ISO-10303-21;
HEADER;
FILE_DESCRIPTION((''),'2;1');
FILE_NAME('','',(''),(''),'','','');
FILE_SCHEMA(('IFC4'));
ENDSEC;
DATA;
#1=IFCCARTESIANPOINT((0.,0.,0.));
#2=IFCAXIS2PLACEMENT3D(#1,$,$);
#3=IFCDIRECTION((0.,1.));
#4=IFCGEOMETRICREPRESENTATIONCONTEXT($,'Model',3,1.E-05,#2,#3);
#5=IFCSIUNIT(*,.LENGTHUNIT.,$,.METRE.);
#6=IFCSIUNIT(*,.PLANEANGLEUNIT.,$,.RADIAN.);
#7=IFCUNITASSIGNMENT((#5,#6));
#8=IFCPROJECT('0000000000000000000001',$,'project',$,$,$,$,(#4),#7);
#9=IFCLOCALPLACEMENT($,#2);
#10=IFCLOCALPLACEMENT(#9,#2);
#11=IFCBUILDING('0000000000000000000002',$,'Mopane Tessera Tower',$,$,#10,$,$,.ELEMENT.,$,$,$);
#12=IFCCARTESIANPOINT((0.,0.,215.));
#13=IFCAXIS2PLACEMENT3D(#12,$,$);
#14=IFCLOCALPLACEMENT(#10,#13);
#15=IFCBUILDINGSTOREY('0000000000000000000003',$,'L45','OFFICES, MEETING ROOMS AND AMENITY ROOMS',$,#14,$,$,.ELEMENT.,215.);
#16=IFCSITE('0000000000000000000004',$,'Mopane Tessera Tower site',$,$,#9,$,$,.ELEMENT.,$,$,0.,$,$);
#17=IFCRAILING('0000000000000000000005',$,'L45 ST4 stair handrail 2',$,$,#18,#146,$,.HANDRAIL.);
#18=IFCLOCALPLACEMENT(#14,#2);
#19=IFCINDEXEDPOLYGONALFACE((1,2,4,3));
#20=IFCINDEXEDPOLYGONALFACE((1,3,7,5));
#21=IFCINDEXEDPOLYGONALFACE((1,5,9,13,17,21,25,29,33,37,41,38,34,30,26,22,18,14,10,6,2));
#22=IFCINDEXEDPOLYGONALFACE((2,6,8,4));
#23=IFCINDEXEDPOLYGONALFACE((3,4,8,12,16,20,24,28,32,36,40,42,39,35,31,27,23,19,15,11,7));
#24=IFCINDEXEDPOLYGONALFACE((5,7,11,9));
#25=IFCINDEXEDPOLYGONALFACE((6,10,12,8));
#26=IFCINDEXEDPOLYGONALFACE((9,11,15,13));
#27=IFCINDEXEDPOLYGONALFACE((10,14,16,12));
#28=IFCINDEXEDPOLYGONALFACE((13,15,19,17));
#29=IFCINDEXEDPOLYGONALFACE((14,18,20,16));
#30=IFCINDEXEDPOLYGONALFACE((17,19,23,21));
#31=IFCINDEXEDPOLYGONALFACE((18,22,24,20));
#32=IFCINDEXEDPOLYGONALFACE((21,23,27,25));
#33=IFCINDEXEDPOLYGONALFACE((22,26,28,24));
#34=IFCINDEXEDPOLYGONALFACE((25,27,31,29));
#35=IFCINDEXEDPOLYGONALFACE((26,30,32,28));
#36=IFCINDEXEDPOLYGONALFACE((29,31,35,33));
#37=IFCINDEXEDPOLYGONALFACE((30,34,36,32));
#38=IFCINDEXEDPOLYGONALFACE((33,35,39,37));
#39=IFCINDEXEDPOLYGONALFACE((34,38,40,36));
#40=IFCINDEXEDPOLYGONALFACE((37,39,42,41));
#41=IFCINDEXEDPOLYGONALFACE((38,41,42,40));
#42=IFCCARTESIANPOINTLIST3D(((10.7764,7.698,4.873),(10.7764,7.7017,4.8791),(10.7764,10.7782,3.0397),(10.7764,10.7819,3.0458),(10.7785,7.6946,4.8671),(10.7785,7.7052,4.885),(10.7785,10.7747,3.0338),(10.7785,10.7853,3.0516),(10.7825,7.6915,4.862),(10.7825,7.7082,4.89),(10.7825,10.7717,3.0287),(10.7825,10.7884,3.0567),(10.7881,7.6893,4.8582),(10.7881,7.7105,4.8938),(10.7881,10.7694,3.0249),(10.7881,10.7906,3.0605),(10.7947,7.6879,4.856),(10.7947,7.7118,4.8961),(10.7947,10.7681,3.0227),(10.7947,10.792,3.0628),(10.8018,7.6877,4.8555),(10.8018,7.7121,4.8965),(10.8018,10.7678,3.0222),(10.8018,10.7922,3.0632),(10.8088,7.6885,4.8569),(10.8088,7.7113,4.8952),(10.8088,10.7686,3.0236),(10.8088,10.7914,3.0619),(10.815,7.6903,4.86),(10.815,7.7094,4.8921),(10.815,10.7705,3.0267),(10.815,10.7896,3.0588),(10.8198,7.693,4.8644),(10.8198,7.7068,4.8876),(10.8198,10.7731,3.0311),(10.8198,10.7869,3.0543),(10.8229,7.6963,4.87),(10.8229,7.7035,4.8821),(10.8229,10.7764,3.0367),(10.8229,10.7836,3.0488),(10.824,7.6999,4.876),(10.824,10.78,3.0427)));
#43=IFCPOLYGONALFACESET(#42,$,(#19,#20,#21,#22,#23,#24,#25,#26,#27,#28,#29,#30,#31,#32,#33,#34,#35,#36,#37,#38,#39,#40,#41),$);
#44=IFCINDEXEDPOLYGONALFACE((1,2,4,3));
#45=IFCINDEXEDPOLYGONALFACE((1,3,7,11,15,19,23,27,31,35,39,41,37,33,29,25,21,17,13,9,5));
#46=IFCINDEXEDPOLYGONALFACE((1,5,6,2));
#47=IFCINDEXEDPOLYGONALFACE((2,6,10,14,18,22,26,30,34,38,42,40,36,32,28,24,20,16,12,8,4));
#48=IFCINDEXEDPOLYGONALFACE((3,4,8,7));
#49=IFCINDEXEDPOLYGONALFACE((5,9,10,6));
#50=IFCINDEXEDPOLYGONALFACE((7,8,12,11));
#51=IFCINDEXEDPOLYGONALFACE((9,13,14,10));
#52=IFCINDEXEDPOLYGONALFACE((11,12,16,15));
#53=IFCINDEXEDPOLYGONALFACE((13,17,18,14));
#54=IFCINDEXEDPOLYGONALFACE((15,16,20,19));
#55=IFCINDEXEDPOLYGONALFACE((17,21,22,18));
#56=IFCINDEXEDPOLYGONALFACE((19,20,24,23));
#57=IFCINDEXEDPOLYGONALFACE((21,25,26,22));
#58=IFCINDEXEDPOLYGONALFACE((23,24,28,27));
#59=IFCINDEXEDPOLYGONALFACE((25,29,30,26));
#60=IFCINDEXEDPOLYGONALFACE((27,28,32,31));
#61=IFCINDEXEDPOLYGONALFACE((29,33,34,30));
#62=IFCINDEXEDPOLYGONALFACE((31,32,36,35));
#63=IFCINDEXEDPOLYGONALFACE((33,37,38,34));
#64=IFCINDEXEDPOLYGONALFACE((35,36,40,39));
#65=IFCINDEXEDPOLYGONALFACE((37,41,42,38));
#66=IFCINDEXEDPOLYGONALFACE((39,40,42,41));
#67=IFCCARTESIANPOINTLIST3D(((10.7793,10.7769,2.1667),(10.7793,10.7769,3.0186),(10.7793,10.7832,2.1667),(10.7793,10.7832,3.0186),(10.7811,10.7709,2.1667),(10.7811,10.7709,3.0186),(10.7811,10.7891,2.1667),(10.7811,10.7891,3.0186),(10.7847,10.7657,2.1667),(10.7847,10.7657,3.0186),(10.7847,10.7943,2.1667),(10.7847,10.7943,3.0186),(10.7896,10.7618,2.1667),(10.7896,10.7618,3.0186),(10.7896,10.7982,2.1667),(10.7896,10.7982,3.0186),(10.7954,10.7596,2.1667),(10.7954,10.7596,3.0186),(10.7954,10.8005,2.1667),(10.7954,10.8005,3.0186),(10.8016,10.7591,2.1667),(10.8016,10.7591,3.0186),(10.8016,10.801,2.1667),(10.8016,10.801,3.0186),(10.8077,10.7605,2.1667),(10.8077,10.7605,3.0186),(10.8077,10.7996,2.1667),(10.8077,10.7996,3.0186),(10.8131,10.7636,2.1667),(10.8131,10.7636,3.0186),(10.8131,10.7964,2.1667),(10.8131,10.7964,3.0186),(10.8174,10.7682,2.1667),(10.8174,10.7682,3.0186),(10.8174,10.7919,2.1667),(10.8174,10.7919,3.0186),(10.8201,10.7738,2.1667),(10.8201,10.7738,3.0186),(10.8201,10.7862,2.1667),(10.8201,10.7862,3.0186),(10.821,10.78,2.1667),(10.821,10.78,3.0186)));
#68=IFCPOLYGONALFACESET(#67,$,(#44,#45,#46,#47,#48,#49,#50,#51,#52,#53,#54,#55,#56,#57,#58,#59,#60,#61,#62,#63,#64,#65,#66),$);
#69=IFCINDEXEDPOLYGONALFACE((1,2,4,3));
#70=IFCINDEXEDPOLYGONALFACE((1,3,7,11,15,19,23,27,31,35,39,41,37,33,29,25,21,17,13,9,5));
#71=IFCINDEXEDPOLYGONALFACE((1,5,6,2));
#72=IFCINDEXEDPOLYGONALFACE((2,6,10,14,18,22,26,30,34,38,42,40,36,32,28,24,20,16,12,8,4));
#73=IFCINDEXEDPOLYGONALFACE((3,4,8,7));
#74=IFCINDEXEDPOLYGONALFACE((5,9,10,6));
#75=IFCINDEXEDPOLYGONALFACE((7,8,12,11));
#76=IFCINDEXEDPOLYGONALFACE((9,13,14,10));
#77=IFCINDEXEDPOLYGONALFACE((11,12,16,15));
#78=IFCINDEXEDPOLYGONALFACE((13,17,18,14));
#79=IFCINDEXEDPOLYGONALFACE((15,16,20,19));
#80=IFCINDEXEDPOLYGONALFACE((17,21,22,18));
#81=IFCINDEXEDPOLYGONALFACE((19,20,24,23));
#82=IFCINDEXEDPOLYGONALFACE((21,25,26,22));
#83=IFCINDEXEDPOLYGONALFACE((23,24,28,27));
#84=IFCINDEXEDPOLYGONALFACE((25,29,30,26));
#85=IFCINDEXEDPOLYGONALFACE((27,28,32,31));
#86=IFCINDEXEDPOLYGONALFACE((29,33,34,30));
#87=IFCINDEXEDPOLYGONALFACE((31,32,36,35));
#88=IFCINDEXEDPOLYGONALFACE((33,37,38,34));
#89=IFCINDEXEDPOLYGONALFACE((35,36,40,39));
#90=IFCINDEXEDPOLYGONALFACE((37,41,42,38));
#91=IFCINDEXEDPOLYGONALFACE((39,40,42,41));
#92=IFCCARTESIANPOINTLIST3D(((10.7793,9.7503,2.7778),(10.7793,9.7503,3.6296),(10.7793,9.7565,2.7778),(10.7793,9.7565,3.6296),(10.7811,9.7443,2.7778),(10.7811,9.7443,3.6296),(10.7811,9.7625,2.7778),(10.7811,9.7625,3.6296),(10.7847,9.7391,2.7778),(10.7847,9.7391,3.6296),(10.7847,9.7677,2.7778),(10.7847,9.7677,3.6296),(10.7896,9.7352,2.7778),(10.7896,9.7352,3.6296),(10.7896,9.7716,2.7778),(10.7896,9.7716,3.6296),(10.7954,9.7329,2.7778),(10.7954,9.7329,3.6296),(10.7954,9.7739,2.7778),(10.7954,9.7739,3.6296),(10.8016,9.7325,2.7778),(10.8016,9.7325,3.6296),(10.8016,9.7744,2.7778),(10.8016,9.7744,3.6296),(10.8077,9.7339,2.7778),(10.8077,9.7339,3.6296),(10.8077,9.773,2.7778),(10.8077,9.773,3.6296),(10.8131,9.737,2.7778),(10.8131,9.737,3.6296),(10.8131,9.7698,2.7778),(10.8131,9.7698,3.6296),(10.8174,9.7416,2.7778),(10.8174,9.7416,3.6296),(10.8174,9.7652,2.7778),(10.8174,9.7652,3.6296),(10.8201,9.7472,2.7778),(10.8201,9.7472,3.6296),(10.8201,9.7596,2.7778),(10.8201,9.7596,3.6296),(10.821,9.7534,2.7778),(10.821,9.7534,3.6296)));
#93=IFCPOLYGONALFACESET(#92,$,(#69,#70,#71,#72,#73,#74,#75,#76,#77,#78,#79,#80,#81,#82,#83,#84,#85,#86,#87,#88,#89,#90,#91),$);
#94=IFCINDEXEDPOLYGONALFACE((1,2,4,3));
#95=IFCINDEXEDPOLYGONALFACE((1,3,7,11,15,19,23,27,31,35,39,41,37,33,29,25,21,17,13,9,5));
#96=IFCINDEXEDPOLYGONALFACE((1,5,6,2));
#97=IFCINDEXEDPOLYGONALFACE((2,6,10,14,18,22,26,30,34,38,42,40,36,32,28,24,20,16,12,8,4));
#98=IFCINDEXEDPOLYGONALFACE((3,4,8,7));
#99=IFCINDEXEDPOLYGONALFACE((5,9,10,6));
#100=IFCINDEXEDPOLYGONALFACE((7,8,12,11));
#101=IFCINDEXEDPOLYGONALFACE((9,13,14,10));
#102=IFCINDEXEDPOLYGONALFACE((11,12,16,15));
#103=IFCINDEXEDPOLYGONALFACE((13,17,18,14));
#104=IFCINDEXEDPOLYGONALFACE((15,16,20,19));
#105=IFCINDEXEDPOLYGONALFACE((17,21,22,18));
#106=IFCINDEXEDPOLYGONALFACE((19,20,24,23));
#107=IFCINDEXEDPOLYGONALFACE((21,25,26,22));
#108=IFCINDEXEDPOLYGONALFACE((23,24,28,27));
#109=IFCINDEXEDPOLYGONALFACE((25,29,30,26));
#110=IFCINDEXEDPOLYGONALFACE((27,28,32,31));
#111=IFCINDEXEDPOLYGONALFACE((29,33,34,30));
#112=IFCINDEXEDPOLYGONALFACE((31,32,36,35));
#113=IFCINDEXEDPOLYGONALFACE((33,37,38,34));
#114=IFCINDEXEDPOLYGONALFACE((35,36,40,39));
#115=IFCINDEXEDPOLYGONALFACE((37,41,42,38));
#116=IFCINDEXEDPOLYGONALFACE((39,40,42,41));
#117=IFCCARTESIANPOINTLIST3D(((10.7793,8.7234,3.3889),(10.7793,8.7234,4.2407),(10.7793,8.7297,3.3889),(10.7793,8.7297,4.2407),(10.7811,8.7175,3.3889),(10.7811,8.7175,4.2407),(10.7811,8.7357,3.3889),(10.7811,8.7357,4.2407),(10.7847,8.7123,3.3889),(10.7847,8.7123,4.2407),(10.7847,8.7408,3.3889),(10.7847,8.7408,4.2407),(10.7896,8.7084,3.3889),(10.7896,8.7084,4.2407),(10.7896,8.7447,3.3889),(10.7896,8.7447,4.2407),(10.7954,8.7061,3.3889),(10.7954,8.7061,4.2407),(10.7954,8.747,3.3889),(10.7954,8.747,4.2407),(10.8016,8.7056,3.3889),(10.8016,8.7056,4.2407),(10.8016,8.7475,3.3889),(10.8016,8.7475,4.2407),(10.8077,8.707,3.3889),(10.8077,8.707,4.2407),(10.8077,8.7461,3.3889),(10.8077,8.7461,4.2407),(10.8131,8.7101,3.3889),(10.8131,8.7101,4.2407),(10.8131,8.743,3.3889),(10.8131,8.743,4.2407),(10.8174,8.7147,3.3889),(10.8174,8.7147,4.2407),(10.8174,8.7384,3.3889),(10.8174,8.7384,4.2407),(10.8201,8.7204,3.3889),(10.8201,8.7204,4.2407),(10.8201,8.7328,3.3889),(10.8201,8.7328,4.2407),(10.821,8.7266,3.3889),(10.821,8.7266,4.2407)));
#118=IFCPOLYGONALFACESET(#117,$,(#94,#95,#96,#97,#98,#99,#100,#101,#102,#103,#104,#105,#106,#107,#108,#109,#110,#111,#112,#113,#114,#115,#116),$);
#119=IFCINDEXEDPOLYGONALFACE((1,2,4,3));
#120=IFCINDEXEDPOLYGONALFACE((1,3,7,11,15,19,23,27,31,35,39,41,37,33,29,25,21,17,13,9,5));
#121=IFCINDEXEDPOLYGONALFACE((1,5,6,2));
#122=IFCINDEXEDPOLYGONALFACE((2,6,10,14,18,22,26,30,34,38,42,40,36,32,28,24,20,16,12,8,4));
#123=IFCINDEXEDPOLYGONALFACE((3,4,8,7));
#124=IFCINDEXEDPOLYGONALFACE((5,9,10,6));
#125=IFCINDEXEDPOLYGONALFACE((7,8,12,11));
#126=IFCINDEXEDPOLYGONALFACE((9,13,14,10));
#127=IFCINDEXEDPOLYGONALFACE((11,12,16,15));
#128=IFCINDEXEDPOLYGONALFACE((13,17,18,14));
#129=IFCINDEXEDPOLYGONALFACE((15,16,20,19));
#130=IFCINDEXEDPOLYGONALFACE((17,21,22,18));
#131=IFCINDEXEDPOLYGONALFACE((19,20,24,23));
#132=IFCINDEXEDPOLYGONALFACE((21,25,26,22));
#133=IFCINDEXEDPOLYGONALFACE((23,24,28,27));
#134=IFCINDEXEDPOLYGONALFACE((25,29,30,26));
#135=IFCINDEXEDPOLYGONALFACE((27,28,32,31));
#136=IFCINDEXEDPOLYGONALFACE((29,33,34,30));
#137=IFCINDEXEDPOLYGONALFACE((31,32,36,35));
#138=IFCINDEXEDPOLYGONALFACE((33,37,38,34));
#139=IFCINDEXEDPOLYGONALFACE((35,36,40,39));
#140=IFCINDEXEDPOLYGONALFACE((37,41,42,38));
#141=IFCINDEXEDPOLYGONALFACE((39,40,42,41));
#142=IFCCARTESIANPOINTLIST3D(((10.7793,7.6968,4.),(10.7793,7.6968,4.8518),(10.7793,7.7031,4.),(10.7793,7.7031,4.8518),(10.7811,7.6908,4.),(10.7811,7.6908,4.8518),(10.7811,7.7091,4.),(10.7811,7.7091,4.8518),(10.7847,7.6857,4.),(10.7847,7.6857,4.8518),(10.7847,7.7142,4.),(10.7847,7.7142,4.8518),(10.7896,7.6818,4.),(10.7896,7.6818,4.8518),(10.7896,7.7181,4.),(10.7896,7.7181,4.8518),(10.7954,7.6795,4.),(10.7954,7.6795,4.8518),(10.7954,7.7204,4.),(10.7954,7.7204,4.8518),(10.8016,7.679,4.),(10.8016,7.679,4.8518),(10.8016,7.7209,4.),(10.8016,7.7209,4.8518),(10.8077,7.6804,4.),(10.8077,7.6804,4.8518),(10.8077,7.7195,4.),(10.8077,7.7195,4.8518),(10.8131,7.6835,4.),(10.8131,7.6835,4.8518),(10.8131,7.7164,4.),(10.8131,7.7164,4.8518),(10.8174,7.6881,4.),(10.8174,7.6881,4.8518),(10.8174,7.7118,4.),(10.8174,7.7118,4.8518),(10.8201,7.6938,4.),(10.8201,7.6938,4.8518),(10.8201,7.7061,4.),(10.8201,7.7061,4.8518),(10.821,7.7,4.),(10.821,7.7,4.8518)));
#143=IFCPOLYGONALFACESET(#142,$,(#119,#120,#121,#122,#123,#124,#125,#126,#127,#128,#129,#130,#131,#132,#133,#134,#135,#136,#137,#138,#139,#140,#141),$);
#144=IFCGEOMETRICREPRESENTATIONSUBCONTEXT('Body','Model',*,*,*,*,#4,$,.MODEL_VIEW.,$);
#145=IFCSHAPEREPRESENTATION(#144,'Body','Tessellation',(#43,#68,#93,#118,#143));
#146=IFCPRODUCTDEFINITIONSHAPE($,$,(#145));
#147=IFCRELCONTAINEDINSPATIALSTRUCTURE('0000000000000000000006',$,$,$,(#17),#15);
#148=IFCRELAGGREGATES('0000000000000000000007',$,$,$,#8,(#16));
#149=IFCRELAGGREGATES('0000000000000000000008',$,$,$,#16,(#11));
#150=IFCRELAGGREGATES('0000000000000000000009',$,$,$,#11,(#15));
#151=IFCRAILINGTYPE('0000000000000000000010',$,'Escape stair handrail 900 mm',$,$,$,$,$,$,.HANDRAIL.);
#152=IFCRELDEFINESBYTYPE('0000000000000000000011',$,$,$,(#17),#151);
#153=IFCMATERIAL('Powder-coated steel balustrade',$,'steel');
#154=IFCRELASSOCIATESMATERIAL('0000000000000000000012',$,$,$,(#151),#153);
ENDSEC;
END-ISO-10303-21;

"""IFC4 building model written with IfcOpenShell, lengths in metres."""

from ifc_helpers import new_model, si_unit, direction, frame, origin, origin_2d, place, context, subcontext, project, spatial, circle, extrude, material, type_object, element, save


model = new_model("IFC4")

# Units and contexts
model_context = context("Model", 3, precision=1e-05, world=origin(), true_north=direction((0.0, 1.0)))
body_context = subcontext(model_context, "Body", "Model", "MODEL_VIEW")
ifc_project = project(units=[si_unit("LENGTHUNIT", "METRE"), si_unit("PLANEANGLEUNIT", "RADIAN")], contexts=[model_context])

# Site, building, storey
site_placement = place(None, origin())
site = spatial("IfcSite", under=ifc_project, at=site_placement, Name="Mopane Tessera Tower site", CompositionType="ELEMENT", RefElevation=0.0)
building_placement = place(site_placement, origin())
building = spatial("IfcBuilding", under=site, at=building_placement, Name="Mopane Tessera Tower", CompositionType="ELEMENT")
storey_placement = place(building_placement, frame((0.0, 0.0, 215.0)))
storey = spatial("IfcBuildingStorey", under=building, at=storey_placement, Name="L45", Description="OFFICES, MEETING ROOMS AND AMENITY ROOMS", CompositionType="ELEMENT", Elevation=215.0)

# Railing
ifc_material_1 = material(Name="Powder-coated steel balustrade", Category="steel")
railing_type_1 = type_object("IfcRailingType", Name="Escape stair handrail 900 mm", PredefinedType="HANDRAIL", material=ifc_material_1)
railing_1_placement = place(storey_placement, frame((10.8, 10.78, 2.1667)))
element("IfcRailing", 1, at=railing_1_placement, inside=storey, type_object=railing_type_1, Name="L45 ST4 stair handrail 2", PredefinedType="HANDRAIL", context=body_context, shape_type="SweptSolid", body=[
    extrude(circle(Radius=0.0239, at=origin_2d()), frame((0.0, 0.0, 0.876), z_axis=(0.0, -0.859309, 0.511458), x_axis=(1.0, 0.0, 0.0)), (0.0, 0.0, 1.0), 3.5845),
    extrude(circle(Radius=0.021, at=origin_2d()), origin(), (0.0, 0.0, 1.0), 0.8518),
    extrude(circle(Radius=0.021, at=origin_2d()), frame((0.0, -1.0266, 0.6111)), (0.0, 0.0, 1.0), 0.8518),
    extrude(circle(Radius=0.021, at=origin_2d()), frame((0.0, -2.0535, 1.2222)), (0.0, 0.0, 1.0), 0.8518),
    extrude(circle(Radius=0.021, at=origin_2d()), frame((0.0, -3.0801, 1.8333)), (0.0, 0.0, 1.0), 0.8518),
])

save(model, "model.ifc")
